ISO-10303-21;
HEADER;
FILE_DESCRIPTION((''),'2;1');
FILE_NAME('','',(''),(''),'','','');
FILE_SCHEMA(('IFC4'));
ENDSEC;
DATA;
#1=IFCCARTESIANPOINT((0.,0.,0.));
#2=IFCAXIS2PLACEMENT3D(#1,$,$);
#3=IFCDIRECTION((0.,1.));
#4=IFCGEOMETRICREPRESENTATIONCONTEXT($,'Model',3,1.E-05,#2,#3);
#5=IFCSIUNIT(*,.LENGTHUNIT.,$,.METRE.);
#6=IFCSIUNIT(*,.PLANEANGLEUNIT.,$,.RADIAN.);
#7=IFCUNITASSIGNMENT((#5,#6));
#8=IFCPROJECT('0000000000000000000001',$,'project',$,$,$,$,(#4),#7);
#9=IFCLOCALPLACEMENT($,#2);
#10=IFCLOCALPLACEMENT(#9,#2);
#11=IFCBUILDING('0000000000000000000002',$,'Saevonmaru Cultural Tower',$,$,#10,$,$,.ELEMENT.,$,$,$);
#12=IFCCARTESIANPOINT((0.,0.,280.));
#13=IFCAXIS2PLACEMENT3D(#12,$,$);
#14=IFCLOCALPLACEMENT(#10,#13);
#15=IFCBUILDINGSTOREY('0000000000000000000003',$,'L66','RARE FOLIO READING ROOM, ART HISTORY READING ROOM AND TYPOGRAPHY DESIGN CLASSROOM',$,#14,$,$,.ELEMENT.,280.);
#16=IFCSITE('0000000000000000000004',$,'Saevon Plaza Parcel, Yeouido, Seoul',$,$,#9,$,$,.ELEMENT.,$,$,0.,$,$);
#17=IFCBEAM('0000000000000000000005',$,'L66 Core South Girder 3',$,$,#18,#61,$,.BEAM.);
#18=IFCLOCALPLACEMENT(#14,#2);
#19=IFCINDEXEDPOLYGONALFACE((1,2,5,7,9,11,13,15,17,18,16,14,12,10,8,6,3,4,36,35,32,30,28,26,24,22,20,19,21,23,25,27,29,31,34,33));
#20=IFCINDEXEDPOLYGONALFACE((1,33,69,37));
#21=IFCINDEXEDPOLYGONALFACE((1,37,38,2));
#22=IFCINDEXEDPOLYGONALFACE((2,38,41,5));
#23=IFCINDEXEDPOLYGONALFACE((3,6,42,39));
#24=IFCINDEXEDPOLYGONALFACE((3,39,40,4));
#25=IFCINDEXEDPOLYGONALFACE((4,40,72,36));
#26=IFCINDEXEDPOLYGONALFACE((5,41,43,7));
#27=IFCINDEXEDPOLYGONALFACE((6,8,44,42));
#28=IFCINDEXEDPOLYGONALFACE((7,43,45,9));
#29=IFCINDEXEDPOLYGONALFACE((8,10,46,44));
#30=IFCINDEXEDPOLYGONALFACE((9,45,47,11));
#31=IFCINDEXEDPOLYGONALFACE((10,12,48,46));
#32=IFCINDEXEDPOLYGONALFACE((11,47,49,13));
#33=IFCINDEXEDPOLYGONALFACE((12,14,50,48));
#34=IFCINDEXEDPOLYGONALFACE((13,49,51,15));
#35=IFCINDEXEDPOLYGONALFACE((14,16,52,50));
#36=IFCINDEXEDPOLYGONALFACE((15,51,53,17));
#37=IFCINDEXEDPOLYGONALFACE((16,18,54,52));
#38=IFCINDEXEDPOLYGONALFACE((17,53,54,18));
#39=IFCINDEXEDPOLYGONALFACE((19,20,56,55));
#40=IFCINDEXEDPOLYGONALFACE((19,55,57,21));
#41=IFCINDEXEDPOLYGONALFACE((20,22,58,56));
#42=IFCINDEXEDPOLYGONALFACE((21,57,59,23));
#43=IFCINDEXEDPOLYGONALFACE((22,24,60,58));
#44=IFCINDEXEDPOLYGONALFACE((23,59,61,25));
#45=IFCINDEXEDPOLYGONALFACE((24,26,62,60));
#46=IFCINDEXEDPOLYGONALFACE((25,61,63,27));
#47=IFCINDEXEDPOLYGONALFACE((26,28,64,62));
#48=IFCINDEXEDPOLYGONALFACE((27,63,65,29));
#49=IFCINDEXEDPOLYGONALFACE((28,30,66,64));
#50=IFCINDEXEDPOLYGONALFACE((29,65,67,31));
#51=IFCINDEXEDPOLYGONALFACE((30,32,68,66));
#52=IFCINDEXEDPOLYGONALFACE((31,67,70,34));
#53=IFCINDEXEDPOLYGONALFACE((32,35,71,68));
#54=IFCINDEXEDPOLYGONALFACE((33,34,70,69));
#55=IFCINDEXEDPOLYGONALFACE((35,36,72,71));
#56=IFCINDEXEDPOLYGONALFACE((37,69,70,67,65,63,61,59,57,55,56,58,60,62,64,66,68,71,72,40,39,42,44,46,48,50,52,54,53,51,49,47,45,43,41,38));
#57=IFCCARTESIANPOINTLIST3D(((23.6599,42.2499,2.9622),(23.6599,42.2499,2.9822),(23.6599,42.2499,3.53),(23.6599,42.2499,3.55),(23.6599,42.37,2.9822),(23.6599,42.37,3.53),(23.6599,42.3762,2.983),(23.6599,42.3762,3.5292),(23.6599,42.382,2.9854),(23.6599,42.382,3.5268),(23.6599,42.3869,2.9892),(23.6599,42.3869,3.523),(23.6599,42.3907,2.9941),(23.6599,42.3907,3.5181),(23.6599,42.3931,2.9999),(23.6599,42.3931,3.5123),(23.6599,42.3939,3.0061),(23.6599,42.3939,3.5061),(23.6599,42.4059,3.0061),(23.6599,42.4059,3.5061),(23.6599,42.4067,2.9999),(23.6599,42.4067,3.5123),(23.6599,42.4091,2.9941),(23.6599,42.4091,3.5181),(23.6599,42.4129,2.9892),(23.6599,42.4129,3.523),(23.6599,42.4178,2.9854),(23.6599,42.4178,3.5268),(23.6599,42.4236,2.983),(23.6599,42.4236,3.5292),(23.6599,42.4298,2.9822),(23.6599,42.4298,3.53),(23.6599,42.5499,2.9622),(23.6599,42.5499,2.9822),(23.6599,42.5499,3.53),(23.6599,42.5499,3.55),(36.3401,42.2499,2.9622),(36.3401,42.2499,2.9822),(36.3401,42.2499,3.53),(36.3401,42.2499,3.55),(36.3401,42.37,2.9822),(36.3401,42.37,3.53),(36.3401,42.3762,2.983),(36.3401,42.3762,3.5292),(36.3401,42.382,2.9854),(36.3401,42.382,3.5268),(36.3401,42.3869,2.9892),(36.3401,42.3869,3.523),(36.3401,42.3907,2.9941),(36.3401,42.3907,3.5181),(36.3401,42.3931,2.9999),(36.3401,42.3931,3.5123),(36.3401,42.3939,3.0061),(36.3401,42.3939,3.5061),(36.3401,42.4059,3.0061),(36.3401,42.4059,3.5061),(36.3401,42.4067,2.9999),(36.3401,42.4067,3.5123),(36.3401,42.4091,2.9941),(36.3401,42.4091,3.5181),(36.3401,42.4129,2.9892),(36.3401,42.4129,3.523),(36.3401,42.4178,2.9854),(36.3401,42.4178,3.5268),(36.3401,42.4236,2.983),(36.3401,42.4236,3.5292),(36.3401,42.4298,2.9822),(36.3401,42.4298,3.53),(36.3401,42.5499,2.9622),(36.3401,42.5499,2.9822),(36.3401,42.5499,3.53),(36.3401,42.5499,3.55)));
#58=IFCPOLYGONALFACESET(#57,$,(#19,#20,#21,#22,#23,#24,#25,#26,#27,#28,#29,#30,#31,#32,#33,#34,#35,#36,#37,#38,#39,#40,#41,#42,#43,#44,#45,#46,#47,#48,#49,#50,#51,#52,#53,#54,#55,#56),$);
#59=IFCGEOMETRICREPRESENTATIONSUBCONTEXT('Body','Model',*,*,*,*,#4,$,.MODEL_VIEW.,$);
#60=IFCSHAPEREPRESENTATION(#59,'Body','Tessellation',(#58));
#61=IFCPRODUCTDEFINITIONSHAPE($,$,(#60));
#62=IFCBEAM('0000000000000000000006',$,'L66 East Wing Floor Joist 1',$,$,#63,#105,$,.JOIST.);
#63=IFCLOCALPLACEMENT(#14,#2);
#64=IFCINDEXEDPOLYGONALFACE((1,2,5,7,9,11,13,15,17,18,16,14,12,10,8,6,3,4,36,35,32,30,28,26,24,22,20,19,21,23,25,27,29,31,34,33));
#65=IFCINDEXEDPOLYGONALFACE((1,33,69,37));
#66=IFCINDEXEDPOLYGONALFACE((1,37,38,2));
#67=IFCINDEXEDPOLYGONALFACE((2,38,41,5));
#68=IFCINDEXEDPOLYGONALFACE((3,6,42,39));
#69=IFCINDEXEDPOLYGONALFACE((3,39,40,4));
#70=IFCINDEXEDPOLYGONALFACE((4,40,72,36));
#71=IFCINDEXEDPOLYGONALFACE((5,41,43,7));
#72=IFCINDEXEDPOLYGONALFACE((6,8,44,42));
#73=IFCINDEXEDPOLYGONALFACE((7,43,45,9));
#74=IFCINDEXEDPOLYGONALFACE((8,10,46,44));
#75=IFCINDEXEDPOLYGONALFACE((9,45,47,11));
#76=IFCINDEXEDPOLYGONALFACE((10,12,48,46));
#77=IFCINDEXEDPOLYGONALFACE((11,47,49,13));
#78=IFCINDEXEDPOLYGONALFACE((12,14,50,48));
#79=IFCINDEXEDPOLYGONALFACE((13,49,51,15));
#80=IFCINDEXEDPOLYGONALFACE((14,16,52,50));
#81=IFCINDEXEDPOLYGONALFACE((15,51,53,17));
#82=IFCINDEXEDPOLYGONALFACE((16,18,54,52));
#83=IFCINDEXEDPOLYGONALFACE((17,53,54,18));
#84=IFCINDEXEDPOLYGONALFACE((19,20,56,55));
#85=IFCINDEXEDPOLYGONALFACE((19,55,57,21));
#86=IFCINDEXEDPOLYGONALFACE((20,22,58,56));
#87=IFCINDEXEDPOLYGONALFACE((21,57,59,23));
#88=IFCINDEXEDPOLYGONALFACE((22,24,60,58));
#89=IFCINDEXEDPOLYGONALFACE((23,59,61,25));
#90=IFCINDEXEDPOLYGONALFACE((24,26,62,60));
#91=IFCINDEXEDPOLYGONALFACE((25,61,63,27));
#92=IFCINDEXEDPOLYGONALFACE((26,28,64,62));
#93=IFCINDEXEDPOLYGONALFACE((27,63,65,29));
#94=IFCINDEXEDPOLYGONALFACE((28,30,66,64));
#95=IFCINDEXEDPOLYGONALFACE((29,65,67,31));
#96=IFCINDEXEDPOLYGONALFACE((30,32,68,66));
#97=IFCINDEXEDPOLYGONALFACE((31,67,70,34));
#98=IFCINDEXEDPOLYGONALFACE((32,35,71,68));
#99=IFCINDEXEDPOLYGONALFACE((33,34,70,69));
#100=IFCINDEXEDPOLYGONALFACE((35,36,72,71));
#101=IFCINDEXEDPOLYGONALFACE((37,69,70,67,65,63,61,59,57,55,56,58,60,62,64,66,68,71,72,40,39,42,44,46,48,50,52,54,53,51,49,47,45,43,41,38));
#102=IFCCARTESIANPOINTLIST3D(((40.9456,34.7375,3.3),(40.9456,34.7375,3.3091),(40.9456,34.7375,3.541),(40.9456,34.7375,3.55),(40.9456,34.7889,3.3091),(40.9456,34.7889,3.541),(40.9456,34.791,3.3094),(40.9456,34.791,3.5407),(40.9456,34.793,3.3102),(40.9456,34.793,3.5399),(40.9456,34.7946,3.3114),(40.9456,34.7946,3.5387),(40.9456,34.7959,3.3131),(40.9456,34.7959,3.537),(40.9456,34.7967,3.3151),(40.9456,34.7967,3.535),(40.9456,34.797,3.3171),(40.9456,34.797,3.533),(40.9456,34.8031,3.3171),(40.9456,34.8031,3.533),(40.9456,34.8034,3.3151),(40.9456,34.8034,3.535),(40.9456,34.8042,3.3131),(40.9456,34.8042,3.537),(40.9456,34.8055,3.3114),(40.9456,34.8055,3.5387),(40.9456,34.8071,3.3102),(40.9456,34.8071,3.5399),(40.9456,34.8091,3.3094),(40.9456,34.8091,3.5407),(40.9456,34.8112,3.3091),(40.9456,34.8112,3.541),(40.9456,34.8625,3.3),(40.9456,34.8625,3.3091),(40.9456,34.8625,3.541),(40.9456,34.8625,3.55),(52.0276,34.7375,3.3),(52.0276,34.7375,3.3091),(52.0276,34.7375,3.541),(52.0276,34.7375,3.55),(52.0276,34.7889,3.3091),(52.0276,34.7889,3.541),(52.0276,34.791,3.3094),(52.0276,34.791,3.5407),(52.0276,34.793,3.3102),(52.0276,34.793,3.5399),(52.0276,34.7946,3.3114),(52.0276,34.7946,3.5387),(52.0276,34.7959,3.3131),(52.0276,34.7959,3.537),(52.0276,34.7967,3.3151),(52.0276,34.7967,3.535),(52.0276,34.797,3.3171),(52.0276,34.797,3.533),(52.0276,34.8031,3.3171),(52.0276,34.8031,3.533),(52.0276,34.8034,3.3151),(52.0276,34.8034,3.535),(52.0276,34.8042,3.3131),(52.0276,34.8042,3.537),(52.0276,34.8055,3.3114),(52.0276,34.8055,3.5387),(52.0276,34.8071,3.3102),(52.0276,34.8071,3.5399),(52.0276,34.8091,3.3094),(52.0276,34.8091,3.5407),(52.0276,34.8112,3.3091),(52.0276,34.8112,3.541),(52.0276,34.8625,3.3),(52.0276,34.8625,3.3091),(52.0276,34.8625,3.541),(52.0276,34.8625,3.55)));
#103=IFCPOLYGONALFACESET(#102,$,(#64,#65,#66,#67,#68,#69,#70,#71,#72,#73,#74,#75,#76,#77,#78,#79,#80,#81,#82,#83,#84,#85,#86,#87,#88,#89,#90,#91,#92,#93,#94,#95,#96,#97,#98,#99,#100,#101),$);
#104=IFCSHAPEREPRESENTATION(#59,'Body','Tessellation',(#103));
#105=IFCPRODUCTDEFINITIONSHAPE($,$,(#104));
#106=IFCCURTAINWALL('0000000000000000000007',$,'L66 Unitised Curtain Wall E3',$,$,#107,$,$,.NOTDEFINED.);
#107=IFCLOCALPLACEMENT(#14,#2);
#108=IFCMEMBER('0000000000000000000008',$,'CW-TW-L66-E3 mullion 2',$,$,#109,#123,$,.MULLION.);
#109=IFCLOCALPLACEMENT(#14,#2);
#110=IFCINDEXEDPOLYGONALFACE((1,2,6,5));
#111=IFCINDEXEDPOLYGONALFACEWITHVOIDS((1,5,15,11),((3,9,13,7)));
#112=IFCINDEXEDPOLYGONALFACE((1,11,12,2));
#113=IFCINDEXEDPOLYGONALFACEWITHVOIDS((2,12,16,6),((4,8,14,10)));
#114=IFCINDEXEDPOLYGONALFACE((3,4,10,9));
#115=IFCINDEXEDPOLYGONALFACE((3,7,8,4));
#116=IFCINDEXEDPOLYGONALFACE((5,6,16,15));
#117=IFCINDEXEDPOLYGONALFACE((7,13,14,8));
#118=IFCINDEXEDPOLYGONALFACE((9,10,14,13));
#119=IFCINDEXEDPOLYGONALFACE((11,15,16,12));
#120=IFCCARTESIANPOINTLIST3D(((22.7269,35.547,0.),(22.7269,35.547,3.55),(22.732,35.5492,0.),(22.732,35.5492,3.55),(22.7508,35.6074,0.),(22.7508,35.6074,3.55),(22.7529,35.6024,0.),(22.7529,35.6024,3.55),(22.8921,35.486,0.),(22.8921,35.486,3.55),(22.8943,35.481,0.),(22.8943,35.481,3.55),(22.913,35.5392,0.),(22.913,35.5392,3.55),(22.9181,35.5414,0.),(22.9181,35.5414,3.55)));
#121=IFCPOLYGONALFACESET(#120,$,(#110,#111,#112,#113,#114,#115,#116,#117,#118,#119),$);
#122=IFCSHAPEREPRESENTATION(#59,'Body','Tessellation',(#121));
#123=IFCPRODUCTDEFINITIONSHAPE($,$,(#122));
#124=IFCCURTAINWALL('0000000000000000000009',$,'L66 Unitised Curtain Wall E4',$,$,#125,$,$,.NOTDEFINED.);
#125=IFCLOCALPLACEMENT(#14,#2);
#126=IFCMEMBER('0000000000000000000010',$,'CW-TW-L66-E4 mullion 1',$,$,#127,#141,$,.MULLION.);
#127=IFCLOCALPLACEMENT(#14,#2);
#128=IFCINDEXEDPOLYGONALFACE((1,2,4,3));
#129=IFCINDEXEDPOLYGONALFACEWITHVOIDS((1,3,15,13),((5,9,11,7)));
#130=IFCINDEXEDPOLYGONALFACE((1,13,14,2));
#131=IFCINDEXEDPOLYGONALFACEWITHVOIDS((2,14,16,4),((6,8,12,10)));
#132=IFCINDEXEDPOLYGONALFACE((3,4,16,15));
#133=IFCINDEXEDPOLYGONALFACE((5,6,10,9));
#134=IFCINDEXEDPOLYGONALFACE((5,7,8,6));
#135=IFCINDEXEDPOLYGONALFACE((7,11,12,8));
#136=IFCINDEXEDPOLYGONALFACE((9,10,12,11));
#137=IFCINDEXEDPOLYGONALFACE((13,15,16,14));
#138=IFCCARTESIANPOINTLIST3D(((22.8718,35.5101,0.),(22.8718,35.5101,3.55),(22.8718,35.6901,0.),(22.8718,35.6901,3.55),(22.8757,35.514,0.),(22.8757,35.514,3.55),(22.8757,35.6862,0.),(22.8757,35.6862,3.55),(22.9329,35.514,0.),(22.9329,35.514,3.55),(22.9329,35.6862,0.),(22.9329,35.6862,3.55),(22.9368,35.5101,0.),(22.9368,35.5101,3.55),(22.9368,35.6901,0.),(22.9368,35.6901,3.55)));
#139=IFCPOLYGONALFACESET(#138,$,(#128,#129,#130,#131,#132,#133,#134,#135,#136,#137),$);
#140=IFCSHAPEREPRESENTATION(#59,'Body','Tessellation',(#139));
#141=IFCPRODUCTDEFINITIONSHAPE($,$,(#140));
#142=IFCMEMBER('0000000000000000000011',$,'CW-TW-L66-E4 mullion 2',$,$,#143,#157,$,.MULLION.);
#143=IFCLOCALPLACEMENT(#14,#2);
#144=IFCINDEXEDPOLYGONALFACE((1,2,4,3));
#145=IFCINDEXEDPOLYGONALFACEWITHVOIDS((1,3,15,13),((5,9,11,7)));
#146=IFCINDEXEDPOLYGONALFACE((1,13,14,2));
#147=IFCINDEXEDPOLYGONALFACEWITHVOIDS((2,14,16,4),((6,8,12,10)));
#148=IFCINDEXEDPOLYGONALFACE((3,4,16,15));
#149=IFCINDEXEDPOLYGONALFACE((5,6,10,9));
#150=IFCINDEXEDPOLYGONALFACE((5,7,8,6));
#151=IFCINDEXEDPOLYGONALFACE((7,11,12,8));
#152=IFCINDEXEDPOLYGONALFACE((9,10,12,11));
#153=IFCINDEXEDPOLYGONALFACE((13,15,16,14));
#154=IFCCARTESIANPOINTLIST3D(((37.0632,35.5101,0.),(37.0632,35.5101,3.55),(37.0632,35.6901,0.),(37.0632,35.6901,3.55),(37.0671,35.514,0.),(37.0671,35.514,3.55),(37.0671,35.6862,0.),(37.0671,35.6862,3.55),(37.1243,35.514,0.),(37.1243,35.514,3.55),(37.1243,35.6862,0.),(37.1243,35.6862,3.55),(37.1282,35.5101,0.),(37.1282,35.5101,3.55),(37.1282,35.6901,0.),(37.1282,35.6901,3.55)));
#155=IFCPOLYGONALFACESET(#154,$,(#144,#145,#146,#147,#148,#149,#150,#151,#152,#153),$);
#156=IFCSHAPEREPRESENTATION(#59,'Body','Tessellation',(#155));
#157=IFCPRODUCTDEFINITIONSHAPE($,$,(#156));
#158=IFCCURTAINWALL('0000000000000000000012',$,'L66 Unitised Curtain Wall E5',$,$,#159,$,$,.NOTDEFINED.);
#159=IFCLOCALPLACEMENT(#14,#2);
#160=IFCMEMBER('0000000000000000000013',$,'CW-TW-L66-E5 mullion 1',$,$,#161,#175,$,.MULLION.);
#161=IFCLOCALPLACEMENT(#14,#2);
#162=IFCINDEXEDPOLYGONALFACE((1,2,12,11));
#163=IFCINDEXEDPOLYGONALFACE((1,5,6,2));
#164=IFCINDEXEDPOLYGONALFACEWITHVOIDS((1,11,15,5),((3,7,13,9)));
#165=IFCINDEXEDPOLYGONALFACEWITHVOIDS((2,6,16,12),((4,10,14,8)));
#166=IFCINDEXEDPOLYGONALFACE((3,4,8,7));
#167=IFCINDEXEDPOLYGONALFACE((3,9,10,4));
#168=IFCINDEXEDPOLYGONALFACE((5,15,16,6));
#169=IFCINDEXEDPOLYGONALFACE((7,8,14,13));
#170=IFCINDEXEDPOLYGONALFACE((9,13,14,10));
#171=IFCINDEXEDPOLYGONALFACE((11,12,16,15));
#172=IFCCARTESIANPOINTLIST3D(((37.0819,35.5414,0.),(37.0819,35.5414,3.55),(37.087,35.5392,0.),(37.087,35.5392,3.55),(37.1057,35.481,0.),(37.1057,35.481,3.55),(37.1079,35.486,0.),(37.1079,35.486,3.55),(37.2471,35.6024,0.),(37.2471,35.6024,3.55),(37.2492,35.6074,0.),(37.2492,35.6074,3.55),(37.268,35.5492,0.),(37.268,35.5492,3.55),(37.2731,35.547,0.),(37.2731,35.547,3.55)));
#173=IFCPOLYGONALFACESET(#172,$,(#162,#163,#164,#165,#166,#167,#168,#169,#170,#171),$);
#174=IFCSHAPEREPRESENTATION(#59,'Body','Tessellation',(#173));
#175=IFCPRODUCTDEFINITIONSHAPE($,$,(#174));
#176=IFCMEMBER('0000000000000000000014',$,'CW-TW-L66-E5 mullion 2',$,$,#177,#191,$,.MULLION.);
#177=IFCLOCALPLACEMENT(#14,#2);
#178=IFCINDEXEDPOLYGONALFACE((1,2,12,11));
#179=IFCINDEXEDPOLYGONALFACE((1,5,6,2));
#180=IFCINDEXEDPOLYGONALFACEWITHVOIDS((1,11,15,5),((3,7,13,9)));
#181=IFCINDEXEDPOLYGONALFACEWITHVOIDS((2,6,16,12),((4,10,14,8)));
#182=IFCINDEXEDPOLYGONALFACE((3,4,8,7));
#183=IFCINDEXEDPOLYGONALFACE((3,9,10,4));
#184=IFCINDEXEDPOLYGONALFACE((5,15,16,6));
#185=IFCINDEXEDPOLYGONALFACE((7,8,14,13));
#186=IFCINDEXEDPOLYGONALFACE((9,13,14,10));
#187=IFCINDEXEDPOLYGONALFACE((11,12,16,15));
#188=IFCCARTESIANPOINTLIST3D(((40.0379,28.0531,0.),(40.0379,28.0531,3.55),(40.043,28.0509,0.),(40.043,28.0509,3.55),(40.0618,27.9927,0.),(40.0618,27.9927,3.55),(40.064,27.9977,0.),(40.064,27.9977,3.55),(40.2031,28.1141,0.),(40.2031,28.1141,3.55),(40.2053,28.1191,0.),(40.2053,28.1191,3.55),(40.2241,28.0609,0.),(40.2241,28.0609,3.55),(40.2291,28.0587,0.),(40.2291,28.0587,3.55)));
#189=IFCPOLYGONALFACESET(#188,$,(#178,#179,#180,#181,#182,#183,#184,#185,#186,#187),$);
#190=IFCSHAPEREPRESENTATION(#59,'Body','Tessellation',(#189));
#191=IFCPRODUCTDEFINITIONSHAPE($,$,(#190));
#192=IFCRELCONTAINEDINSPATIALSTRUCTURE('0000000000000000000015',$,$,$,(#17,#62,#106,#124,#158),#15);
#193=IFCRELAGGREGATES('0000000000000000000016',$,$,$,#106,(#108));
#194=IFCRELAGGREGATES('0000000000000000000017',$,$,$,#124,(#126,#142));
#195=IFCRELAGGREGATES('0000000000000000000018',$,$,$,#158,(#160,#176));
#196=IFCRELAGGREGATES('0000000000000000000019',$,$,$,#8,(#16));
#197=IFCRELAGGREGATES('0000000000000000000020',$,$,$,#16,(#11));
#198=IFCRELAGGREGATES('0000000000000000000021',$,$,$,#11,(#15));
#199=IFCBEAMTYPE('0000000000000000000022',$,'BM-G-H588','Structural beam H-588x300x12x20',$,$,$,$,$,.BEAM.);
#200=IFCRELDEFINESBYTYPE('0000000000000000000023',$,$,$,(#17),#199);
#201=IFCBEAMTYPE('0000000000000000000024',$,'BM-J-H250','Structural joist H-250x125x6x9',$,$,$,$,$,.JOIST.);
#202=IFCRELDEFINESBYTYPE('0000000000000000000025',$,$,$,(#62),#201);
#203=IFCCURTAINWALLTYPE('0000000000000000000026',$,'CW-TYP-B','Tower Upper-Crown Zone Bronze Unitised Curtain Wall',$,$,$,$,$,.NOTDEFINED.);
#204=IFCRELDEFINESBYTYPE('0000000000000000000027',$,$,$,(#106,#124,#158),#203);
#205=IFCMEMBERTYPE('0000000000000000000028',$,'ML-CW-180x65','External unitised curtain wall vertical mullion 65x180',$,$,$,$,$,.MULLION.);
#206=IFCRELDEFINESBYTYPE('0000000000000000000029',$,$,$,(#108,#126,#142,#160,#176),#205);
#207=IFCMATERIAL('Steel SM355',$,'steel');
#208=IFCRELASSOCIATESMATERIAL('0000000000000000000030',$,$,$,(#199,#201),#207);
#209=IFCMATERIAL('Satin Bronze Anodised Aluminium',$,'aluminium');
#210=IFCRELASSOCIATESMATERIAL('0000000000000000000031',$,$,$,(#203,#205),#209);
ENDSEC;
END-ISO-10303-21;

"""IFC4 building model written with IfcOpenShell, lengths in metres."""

from ifc_helpers import new_model, si_unit, direction, frame, origin, origin_2d, place, context, subcontext, project, spatial, hollow_rectangle, i_section, extrude, material, material_profile, profile_set, type_object, element, aggregate, save


model = new_model("IFC4")

# Units and contexts
model_context = context("Model", 3, precision=1e-05, world=origin(), true_north=direction((0.0, 1.0)))
body_context = subcontext(model_context, "Body", "Model", "MODEL_VIEW")
ifc_project = project(units=[si_unit("LENGTHUNIT", "METRE"), si_unit("PLANEANGLEUNIT", "RADIAN")], contexts=[model_context])

# Site, building, storey
site_placement = place(None, origin())
site = spatial("IfcSite", under=ifc_project, at=site_placement, Name="Saevon Plaza Parcel, Yeouido, Seoul", CompositionType="ELEMENT", RefElevation=0.0)
building_placement = place(site_placement, origin())
building = spatial("IfcBuilding", under=site, at=building_placement, Name="Saevonmaru Cultural Tower", CompositionType="ELEMENT")
storey_placement = place(building_placement, frame((0.0, 0.0, 280.0)))
storey = spatial("IfcBuildingStorey", under=building, at=storey_placement, Name="L66", Description="RARE FOLIO READING ROOM, ART HISTORY READING ROOM AND TYPOGRAPHY DESIGN CLASSROOM", CompositionType="ELEMENT", Elevation=280.0)

# Shared definitions
ifc_material_1 = material(Name="Steel SM355", Category="steel")

# Beams
ifc_material_profile_1 = material_profile(ifc_material_1, i_section(OverallWidth=0.3, OverallDepth=0.5879, WebThickness=0.012, FlangeThickness=0.02, FilletRadius=0.0239, at=origin_2d()), Name="H-588x300x12x20")
ifc_profile_set_1 = profile_set([ifc_material_profile_1], Name="Steel SM355")
beam_type_1 = type_object("IfcBeamType", Name="BM-G-H588", Description="Structural beam H-588x300x12x20", PredefinedType="BEAM", material=ifc_profile_set_1)
beam_1_placement = place(storey_placement, frame((23.6599, 42.3999, 3.2561), z_axis=(1.0, 0.0, 0.0), x_axis=(0.0, 1.0, 0.0)))
element("IfcBeam", 1, at=beam_1_placement, inside=storey, type_object=beam_type_1, Name="L66 Core South Girder 3", PredefinedType="BEAM", context=body_context, shape_type="SweptSolid", body=[
    extrude(i_section(OverallWidth=0.3, OverallDepth=0.5879, WebThickness=0.012, FlangeThickness=0.02, FilletRadius=0.0239, at=origin_2d()), origin(), (0.0, 0.0, 1.0), 12.6802),
])
ifc_material_profile_2 = material_profile(ifc_material_1, i_section(OverallWidth=0.125, OverallDepth=0.25, WebThickness=0.0061, FlangeThickness=0.009, FilletRadius=0.0081, at=origin_2d()), Name="H-250x125x6x9")
ifc_profile_set_2 = profile_set([ifc_material_profile_2], Name="Steel SM355")
beam_type_2 = type_object("IfcBeamType", Name="BM-J-H250", Description="Structural joist H-250x125x6x9", PredefinedType="JOIST", material=ifc_profile_set_2)
beam_2_placement = place(storey_placement, frame((40.9456, 34.8, 3.425), z_axis=(1.0, 0.0, 0.0), x_axis=(0.0, 1.0, 0.0)))
element("IfcBeam", 2, at=beam_2_placement, inside=storey, type_object=beam_type_2, Name="L66 East Wing Floor Joist 1", PredefinedType="JOIST", context=body_context, shape_type="SweptSolid", body=[
    extrude(i_section(OverallWidth=0.125, OverallDepth=0.25, WebThickness=0.0061, FlangeThickness=0.009, FilletRadius=0.0081, at=origin_2d()), origin(), (0.0, 0.0, 1.0), 11.082),
])

# Curtain wall, member
ifc_material_2 = material(Name="Satin Bronze Anodised Aluminium", Category="aluminium")
curtain_wall_type = type_object("IfcCurtainWallType", Name="CW-TYP-B", Description="Tower Upper-Crown Zone Bronze Unitised Curtain Wall", PredefinedType="NOTDEFINED", material=ifc_material_2)
curtain_wall_1_placement = place(storey_placement, origin())
curtain_wall_1 = element("IfcCurtainWall", 3, at=curtain_wall_1_placement, inside=storey, type_object=curtain_wall_type, Name="L66 Unitised Curtain Wall E3", PredefinedType="NOTDEFINED")
ifc_material_profile_3 = material_profile(ifc_material_2, hollow_rectangle(XDim=0.0649, YDim=0.1799, WallThickness=0.0039, at=origin_2d()), Name="ALU-MULL-180x65x4")
ifc_profile_set_3 = profile_set([ifc_material_profile_3], Name="Satin Bronze Anodised Aluminium")
member_type_1 = type_object("IfcMemberType", Name="ML-CW-180x65", Description="External unitised curtain wall vertical mullion 65x180", PredefinedType="MULLION", material=ifc_profile_set_3)
member_1_placement = place(storey_placement, frame((22.8225, 35.5442, 0.0), z_axis=(0.0, 0.0, 1.0), x_axis=(0.367172, 0.930153, 0.0)))
member_1 = element("IfcMember", 4, at=member_1_placement, type_object=member_type_1, Name="CW-TW-L66-E3 mullion 2", PredefinedType="MULLION", context=body_context, shape_type="SweptSolid", body=[
    extrude(hollow_rectangle(XDim=0.0649, YDim=0.1799, WallThickness=0.0039, at=origin_2d()), origin(), (0.0, 0.0, 1.0), 3.55),
])
aggregate(curtain_wall_1, [member_1])

# Curtain walls, members
curtain_wall_2_placement = place(storey_placement, origin())
curtain_wall_2 = element("IfcCurtainWall", 5, at=curtain_wall_2_placement, inside=storey, type_object=curtain_wall_type, Name="L66 Unitised Curtain Wall E4", PredefinedType="NOTDEFINED")
member_2_placement = place(storey_placement, frame((22.9043, 35.6001, 0.0), z_axis=(0.0, 0.0, 1.0), x_axis=(1.0, 0.0, 0.0)))
member_2 = element("IfcMember", 6, at=member_2_placement, type_object=member_type_1, Name="CW-TW-L66-E4 mullion 1", PredefinedType="MULLION", context=body_context, shape_type="SweptSolid", body=[
    extrude(hollow_rectangle(XDim=0.0649, YDim=0.1799, WallThickness=0.0039, at=origin_2d()), origin(), (0.0, 0.0, 1.0), 3.55),
])
member_3_placement = place(storey_placement, frame((37.0957, 35.6001, 0.0), z_axis=(0.0, 0.0, 1.0), x_axis=(1.0, 0.0, 0.0)))
member_3 = element("IfcMember", 7, at=member_3_placement, type_object=member_type_1, Name="CW-TW-L66-E4 mullion 2", PredefinedType="MULLION", context=body_context, shape_type="SweptSolid", body=[
    extrude(hollow_rectangle(XDim=0.0649, YDim=0.1799, WallThickness=0.0039, at=origin_2d()), origin(), (0.0, 0.0, 1.0), 3.55),
])
curtain_wall_3_placement = place(storey_placement, origin())
curtain_wall_3 = element("IfcCurtainWall", 8, at=curtain_wall_3_placement, inside=storey, type_object=curtain_wall_type, Name="L66 Unitised Curtain Wall E5", PredefinedType="NOTDEFINED")
member_4_placement = place(storey_placement, frame((37.1775, 35.5442, 0.0), z_axis=(0.0, 0.0, 1.0), x_axis=(0.367172, -0.930153, 0.0)))
member_4 = element("IfcMember", 9, at=member_4_placement, type_object=member_type_1, Name="CW-TW-L66-E5 mullion 1", PredefinedType="MULLION", context=body_context, shape_type="SweptSolid", body=[
    extrude(hollow_rectangle(XDim=0.0649, YDim=0.1799, WallThickness=0.0039, at=origin_2d()), origin(), (0.0, 0.0, 1.0), 3.55),
])
member_5_placement = place(storey_placement, frame((40.1335, 28.0559, 0.0), z_axis=(0.0, 0.0, 1.0), x_axis=(0.367172, -0.930153, 0.0)))
member_5 = element("IfcMember", 10, at=member_5_placement, type_object=member_type_1, Name="CW-TW-L66-E5 mullion 2", PredefinedType="MULLION", context=body_context, shape_type="SweptSolid", body=[
    extrude(hollow_rectangle(XDim=0.0649, YDim=0.1799, WallThickness=0.0039, at=origin_2d()), origin(), (0.0, 0.0, 1.0), 3.55),
])

aggregate(curtain_wall_2, [member_2, member_3])
aggregate(curtain_wall_3, [member_4, member_5])

save(model, "model.ifc")
